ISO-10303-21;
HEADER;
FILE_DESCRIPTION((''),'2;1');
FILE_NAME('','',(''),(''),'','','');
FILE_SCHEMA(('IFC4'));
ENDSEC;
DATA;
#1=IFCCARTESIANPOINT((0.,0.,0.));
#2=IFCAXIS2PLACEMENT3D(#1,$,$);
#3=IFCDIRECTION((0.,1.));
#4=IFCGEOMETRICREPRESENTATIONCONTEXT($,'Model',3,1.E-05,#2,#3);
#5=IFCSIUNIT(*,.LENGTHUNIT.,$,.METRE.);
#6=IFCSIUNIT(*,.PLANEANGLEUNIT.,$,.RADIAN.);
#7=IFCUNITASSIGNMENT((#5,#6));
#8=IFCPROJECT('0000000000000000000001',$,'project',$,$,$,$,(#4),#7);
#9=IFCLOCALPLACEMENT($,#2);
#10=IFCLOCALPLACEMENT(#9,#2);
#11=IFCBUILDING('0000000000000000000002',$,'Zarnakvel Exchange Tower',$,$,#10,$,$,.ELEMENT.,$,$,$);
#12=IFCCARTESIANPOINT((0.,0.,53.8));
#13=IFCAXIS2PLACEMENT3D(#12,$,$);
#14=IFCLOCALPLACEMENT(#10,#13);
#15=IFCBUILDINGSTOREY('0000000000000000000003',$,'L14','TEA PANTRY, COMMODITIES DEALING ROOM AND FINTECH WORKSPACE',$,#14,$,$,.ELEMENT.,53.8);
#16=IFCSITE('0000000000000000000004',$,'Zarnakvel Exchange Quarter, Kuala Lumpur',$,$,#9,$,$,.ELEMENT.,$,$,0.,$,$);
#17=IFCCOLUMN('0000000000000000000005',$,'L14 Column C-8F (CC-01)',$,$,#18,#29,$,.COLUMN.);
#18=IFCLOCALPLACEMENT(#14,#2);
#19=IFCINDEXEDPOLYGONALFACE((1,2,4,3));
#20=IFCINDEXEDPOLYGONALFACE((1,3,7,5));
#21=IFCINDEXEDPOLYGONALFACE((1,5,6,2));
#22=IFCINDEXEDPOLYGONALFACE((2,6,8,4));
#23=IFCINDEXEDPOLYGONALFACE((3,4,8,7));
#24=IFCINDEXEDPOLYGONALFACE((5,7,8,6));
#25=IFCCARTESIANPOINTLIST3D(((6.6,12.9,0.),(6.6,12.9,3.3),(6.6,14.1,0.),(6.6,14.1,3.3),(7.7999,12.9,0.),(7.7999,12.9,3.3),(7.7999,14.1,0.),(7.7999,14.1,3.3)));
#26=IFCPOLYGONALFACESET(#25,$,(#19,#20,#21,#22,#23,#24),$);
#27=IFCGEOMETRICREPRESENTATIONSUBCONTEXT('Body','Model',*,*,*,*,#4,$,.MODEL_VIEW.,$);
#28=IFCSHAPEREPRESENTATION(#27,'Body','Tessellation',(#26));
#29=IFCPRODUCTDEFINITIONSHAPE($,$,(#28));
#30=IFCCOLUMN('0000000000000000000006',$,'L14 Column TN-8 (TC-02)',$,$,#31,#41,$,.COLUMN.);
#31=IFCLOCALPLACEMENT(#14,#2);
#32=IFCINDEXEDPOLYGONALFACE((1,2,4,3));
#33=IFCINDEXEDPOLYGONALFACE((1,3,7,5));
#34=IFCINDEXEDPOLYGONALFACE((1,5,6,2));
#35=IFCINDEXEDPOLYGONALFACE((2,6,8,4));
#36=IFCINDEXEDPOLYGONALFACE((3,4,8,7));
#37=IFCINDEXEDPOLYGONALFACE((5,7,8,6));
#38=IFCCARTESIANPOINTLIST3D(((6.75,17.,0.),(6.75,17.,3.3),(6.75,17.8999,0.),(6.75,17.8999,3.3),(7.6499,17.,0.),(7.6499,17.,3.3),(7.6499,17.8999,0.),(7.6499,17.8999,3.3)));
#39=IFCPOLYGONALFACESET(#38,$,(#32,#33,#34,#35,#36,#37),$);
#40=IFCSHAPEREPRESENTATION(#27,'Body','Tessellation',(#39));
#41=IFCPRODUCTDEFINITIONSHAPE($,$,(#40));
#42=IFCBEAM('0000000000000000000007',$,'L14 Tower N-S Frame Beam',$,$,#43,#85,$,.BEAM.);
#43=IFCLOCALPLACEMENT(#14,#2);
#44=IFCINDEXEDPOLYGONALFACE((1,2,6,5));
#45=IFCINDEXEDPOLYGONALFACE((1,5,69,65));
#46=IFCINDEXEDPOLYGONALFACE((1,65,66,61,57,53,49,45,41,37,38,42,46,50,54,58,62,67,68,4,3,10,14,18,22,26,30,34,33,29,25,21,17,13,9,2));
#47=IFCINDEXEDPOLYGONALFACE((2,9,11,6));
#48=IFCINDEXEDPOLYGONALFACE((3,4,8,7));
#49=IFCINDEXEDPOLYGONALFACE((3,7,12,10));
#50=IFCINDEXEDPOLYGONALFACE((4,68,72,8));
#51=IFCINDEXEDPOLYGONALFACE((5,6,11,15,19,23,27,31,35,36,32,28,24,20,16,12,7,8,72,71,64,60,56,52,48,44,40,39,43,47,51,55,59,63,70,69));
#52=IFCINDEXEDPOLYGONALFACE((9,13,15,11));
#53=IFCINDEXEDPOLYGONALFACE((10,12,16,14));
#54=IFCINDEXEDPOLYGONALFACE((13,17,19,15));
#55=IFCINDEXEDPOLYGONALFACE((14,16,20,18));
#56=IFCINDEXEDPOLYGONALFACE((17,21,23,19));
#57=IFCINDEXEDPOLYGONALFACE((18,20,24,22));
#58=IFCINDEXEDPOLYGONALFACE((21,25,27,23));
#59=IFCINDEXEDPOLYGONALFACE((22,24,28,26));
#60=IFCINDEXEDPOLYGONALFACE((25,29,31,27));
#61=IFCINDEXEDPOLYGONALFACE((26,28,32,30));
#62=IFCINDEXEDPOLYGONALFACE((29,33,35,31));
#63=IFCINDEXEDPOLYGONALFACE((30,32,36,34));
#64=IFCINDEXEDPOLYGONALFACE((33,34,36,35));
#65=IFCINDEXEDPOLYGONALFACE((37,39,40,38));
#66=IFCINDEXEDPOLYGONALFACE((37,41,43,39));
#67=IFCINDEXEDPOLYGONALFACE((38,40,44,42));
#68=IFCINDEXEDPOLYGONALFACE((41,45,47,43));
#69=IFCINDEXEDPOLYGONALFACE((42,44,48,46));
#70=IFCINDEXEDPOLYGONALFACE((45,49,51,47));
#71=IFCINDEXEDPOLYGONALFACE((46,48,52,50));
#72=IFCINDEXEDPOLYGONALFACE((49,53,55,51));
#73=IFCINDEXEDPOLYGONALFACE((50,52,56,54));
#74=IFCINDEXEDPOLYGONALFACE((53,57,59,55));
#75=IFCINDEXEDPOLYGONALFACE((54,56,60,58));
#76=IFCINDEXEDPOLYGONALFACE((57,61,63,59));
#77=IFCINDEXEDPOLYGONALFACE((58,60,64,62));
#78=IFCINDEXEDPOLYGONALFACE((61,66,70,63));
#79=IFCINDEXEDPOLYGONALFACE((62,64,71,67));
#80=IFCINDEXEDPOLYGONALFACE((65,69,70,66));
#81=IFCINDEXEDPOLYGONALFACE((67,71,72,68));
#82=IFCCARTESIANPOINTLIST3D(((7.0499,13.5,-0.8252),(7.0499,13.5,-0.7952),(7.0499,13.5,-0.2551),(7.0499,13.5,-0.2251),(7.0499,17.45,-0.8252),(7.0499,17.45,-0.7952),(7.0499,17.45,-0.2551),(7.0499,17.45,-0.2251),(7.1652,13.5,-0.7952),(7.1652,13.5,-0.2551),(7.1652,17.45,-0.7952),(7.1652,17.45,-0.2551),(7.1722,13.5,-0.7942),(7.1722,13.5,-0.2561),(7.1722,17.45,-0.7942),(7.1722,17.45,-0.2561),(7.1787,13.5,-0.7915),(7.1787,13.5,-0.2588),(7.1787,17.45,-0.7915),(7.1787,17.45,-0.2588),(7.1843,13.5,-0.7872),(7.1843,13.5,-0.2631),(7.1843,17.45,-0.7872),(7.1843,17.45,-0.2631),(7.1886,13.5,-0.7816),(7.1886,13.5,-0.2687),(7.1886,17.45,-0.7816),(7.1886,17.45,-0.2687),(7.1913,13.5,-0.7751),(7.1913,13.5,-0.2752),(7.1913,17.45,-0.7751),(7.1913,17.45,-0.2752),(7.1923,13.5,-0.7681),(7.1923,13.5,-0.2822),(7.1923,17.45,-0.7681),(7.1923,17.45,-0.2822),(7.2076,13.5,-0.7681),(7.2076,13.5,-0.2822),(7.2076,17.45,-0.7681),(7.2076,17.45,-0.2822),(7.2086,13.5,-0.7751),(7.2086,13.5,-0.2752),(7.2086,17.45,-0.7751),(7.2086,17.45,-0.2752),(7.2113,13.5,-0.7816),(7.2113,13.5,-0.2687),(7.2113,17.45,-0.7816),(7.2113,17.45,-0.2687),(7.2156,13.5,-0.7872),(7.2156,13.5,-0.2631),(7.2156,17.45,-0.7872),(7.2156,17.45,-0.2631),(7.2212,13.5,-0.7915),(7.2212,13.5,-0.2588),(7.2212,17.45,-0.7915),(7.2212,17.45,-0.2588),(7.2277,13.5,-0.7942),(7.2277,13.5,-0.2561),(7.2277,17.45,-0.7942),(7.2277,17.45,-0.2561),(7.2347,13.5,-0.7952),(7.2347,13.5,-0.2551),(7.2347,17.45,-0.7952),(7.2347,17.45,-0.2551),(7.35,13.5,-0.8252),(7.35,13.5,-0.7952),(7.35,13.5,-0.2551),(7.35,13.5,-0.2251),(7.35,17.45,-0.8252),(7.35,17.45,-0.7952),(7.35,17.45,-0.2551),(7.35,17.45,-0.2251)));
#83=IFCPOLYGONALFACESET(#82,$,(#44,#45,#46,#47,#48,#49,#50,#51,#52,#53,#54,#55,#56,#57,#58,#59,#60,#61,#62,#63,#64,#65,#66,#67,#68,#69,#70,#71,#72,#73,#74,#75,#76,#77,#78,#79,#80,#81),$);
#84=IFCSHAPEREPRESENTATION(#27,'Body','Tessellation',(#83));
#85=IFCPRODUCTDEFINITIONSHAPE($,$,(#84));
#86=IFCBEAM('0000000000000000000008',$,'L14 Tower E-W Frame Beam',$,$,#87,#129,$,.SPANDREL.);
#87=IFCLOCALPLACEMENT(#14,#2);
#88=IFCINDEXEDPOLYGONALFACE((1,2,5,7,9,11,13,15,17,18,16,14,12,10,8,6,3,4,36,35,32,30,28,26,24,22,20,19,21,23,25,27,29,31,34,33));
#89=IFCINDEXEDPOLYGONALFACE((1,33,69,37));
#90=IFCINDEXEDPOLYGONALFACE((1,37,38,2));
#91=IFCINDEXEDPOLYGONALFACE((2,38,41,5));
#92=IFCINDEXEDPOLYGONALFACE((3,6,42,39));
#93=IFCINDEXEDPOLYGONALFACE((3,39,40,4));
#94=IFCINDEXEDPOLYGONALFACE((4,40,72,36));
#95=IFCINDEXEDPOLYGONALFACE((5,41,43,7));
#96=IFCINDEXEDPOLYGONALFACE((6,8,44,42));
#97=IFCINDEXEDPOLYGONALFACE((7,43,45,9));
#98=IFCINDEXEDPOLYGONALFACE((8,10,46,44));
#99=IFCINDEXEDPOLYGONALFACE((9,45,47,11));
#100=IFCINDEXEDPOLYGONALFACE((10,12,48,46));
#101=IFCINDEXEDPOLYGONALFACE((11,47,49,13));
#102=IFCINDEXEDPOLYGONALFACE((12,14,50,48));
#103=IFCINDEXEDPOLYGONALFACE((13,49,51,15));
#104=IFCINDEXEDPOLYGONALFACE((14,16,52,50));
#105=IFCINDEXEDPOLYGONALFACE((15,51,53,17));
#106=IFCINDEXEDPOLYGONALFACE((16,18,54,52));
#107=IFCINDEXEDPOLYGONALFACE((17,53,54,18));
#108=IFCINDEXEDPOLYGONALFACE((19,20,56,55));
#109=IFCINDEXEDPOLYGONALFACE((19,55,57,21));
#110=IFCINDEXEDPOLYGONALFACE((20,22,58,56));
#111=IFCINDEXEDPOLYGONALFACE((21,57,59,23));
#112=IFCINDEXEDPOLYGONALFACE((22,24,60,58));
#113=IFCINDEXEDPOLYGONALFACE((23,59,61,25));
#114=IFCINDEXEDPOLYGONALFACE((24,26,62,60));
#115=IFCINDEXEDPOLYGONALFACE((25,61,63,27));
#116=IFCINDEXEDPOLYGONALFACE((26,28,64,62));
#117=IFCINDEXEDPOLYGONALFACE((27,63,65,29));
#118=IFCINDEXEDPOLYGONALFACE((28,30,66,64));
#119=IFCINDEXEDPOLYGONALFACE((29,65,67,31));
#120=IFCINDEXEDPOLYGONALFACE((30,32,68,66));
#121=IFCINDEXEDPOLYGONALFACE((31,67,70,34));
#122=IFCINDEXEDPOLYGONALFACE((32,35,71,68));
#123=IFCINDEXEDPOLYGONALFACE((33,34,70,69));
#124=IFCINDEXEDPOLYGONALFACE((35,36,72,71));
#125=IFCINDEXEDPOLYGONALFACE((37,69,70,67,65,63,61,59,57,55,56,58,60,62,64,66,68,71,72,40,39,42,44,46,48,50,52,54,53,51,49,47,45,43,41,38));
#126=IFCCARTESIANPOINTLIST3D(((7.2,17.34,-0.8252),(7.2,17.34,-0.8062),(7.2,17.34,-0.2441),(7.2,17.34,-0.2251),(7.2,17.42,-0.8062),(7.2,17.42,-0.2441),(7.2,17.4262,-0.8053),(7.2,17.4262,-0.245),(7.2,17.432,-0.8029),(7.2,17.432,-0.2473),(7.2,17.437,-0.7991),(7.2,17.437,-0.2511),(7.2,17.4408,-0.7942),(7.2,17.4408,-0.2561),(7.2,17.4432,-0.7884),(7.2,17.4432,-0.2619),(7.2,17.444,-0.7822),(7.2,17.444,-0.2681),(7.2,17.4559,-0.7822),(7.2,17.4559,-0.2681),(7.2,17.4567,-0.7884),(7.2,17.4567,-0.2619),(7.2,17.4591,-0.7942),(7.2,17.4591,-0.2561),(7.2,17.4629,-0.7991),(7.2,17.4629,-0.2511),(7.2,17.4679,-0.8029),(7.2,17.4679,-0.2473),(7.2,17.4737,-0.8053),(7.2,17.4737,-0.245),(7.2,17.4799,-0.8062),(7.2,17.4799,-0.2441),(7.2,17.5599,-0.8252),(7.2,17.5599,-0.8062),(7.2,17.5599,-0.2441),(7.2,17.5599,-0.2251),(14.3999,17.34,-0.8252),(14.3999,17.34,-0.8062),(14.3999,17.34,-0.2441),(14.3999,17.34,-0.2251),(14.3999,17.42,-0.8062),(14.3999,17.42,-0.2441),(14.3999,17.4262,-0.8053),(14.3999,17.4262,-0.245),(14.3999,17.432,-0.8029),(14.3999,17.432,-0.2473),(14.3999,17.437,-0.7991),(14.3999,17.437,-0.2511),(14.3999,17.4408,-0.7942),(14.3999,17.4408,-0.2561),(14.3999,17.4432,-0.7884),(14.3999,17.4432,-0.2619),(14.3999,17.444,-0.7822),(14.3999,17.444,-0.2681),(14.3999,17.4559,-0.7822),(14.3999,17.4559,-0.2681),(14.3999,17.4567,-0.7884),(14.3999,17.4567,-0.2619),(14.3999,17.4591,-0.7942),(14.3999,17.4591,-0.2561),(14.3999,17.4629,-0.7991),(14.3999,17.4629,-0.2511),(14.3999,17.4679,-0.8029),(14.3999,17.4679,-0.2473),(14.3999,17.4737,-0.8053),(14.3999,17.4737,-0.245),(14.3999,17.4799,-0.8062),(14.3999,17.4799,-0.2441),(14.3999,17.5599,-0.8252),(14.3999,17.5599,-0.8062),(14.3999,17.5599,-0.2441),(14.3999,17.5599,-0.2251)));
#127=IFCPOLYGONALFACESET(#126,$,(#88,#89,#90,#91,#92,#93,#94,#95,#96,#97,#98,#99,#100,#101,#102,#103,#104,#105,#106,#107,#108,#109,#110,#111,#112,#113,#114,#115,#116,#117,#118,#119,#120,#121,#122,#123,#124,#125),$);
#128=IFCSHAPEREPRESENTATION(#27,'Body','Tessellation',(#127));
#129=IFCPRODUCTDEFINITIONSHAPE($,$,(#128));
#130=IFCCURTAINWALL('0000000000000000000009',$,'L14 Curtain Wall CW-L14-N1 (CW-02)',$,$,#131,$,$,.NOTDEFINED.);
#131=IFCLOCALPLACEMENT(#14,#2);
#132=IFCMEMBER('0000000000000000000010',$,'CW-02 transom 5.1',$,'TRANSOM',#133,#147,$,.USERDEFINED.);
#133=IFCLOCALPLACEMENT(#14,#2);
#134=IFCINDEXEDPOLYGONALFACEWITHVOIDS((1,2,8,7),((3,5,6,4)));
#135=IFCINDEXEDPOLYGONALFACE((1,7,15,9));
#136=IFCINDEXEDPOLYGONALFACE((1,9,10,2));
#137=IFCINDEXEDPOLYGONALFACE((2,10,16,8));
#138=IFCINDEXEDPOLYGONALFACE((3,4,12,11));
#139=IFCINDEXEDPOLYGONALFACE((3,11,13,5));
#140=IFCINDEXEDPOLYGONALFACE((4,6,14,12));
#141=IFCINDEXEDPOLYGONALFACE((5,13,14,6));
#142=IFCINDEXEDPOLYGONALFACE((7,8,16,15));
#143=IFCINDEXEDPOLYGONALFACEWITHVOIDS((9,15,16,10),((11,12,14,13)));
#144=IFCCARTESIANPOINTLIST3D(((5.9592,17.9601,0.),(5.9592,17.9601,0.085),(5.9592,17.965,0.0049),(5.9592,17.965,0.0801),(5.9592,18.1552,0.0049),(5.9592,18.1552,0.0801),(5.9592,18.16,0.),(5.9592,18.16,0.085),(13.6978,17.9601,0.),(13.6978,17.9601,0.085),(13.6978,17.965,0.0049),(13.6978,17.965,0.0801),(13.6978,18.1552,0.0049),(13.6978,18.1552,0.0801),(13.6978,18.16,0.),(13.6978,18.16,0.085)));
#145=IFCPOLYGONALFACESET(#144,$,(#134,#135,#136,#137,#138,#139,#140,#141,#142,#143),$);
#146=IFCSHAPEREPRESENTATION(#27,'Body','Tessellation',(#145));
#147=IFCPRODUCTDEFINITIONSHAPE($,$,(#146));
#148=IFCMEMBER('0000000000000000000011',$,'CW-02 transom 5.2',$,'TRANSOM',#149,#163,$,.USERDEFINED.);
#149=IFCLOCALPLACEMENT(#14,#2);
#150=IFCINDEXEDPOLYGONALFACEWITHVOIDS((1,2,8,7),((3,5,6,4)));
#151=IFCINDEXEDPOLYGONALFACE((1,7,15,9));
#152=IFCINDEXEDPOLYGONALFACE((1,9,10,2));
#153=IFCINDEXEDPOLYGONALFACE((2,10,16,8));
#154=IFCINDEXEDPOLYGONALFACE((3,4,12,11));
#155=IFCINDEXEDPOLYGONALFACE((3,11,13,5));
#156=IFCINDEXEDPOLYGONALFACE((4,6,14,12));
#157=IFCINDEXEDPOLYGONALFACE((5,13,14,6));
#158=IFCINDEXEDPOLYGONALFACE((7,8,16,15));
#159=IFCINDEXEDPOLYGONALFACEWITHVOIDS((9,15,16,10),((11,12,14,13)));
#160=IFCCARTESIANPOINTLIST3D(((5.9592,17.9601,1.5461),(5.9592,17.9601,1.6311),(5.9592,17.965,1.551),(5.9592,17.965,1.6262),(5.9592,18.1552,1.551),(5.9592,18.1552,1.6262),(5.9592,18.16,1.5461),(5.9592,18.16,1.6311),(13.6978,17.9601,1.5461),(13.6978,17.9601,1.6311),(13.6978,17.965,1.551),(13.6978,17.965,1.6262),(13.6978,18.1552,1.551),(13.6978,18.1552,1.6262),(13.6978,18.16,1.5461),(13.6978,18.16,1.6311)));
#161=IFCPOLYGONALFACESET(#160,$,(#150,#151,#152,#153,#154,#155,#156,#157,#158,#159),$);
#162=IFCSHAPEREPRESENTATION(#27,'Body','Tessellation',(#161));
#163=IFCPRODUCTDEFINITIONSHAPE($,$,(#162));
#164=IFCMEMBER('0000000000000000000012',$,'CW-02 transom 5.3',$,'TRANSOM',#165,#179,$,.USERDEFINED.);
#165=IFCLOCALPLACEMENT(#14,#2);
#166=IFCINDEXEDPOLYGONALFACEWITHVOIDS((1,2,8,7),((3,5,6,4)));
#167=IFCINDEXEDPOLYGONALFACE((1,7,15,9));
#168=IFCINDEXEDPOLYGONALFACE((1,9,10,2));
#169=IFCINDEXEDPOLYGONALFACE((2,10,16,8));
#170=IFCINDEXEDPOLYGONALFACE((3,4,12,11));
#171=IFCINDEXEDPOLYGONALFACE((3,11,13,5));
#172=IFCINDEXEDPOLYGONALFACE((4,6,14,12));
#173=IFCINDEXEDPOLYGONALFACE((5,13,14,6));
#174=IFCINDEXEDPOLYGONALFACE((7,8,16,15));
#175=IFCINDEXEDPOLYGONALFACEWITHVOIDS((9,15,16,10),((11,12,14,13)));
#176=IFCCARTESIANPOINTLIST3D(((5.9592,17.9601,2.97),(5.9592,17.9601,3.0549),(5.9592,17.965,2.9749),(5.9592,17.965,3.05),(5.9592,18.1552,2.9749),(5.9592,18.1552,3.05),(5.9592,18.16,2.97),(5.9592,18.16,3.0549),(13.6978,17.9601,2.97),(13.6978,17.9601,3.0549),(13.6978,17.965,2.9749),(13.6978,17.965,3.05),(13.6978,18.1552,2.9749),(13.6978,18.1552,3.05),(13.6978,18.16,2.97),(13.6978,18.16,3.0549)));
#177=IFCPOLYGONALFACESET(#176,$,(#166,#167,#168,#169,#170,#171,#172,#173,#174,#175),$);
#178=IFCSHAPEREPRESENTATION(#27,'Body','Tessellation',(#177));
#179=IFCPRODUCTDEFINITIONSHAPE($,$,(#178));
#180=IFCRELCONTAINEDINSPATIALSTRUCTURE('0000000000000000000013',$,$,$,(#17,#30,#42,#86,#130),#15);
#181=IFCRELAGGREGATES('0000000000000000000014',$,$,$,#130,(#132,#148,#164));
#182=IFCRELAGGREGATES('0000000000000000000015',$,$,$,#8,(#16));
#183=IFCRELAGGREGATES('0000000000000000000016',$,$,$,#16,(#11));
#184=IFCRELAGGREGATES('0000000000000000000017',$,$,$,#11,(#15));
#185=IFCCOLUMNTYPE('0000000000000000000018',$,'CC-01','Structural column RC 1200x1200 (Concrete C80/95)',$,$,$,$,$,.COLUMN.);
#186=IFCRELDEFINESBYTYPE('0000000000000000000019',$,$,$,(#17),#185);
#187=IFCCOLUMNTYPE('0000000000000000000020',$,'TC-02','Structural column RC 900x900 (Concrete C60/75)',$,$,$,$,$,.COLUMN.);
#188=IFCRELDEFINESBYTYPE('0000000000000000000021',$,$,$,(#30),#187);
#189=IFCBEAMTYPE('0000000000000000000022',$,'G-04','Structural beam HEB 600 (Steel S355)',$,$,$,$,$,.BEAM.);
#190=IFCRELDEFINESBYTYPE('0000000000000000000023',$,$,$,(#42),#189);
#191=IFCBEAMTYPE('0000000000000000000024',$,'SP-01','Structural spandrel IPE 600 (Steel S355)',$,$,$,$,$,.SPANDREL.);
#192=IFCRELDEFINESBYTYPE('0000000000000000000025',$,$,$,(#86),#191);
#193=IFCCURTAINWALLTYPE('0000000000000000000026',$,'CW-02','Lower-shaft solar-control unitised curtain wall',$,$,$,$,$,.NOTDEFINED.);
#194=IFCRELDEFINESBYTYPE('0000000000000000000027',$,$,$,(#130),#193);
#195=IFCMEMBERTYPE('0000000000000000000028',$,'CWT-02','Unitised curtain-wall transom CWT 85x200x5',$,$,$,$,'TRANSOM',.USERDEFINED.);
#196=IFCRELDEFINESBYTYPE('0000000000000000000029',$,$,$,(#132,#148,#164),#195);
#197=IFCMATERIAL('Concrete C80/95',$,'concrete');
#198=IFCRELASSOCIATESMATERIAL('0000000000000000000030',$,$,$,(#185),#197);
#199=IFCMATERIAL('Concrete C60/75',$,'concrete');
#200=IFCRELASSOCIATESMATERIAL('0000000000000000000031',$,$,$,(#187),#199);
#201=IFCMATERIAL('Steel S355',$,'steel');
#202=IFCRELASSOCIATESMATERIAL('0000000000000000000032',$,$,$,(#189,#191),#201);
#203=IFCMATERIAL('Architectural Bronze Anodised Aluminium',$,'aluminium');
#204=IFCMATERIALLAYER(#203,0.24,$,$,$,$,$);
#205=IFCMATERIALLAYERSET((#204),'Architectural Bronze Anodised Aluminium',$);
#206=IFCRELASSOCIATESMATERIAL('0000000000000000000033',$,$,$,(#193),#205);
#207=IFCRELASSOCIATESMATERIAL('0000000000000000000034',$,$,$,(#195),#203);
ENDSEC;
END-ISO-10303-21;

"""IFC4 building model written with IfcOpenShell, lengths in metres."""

from ifc_helpers import new_model, si_unit, direction, frame, origin, origin_2d, place, context, subcontext, project, spatial, rectangle, hollow_rectangle, i_section, extrude, source, transform, mapped, material, layer, layer_set, material_profile, profile_set, type_object, element, aggregate, save


model = new_model("IFC4")

# Units and contexts
model_context = context("Model", 3, precision=1e-05, world=origin(), true_north=direction((0.0, 1.0)))
body_context = subcontext(model_context, "Body", "Model", "MODEL_VIEW")
ifc_project = project(units=[si_unit("LENGTHUNIT", "METRE"), si_unit("PLANEANGLEUNIT", "RADIAN")], contexts=[model_context])

# Site, building, storey
site_placement = place(None, origin())
site = spatial("IfcSite", under=ifc_project, at=site_placement, Name="Zarnakvel Exchange Quarter, Kuala Lumpur", CompositionType="ELEMENT", RefElevation=0.0)
building_placement = place(site_placement, origin())
building = spatial("IfcBuilding", under=site, at=building_placement, Name="Zarnakvel Exchange Tower", CompositionType="ELEMENT")
storey_placement = place(building_placement, frame((0.0, 0.0, 53.8)))
storey = spatial("IfcBuildingStorey", under=building, at=storey_placement, Name="L14", Description="TEA PANTRY, COMMODITIES DEALING ROOM AND FINTECH WORKSPACE", CompositionType="ELEMENT", Elevation=53.8)

# Columns
ifc_material_1 = material(Name="Concrete C80/95", Category="concrete")
ifc_material_profile_1 = material_profile(ifc_material_1, rectangle(XDim=1.2, YDim=1.2, at=origin_2d()))
ifc_profile_set_1 = profile_set([ifc_material_profile_1], Name="Concrete C80/95")
column_type_1 = type_object("IfcColumnType", Name="CC-01", Description="Structural column RC 1200x1200 (Concrete C80/95)", PredefinedType="COLUMN", material=ifc_profile_set_1)
column_1_placement = place(storey_placement, frame((7.2, 13.5, 0.0), z_axis=(0.0, 0.0, 1.0), x_axis=(1.0, 0.0, 0.0)))
element("IfcColumn", 1, at=column_1_placement, inside=storey, type_object=column_type_1, Name="L14 Column C-8F (CC-01)", PredefinedType="COLUMN", context=body_context, shape_type="SweptSolid", body=[
    extrude(rectangle(XDim=1.2, YDim=1.2, at=origin_2d()), origin(), (0.0, 0.0, 1.0), 3.3),
])
ifc_material_2 = material(Name="Concrete C60/75", Category="concrete")
ifc_material_profile_2 = material_profile(ifc_material_2, rectangle(XDim=0.8999, YDim=0.8999, at=origin_2d()))
ifc_profile_set_2 = profile_set([ifc_material_profile_2], Name="Concrete C60/75")
column_type_2 = type_object("IfcColumnType", Name="TC-02", Description="Structural column RC 900x900 (Concrete C60/75)", PredefinedType="COLUMN", material=ifc_profile_set_2)
column_2_placement = place(storey_placement, frame((7.2, 17.45, 0.0), z_axis=(0.0, 0.0, 1.0), x_axis=(1.0, 0.0, 0.0)))
element("IfcColumn", 2, at=column_2_placement, inside=storey, type_object=column_type_2, Name="L14 Column TN-8 (TC-02)", PredefinedType="COLUMN", context=body_context, shape_type="SweptSolid", body=[
    extrude(rectangle(XDim=0.8999, YDim=0.8999, at=origin_2d()), origin(), (0.0, 0.0, 1.0), 3.3),
])

# Beams
ifc_material_3 = material(Name="Steel S355", Category="steel")
ifc_material_profile_3 = material_profile(ifc_material_3, i_section(OverallWidth=0.3, OverallDepth=0.6001, WebThickness=0.0154, FlangeThickness=0.03, FilletRadius=0.0271, at=origin_2d()))
ifc_profile_set_3 = profile_set([ifc_material_profile_3], Name="Steel S355")
beam_type_1 = type_object("IfcBeamType", Name="G-04", Description="Structural beam HEB 600 (Steel S355)", PredefinedType="BEAM", material=ifc_profile_set_3)
beam_1_placement = place(storey_placement, frame((7.2, 13.5, -0.5251), z_axis=(0.0, 1.0, 0.0), x_axis=(-1.0, 0.0, 0.0)))
element("IfcBeam", 3, at=beam_1_placement, inside=storey, type_object=beam_type_1, Name="L14 Tower N-S Frame Beam", PredefinedType="BEAM", context=body_context, shape_type="SweptSolid", body=[
    extrude(i_section(OverallWidth=0.3, OverallDepth=0.6001, WebThickness=0.0154, FlangeThickness=0.03, FilletRadius=0.0271, at=origin_2d()), origin(), (0.0, 0.0, 1.0), 3.95),
])
ifc_material_profile_4 = material_profile(ifc_material_3, i_section(OverallWidth=0.22, OverallDepth=0.6001, WebThickness=0.012, FlangeThickness=0.019, FilletRadius=0.0239, at=origin_2d()))
ifc_profile_set_4 = profile_set([ifc_material_profile_4], Name="Steel S355")
beam_type_2 = type_object("IfcBeamType", Name="SP-01", Description="Structural spandrel IPE 600 (Steel S355)", PredefinedType="SPANDREL", material=ifc_profile_set_4)
beam_2_placement = place(storey_placement, frame((7.2, 17.45, -0.5251), z_axis=(1.0, 0.0, 0.0), x_axis=(0.0, 1.0, 0.0)))
element("IfcBeam", 4, at=beam_2_placement, inside=storey, type_object=beam_type_2, Name="L14 Tower E-W Frame Beam", PredefinedType="SPANDREL", context=body_context, shape_type="SweptSolid", body=[
    extrude(i_section(OverallWidth=0.22, OverallDepth=0.6001, WebThickness=0.012, FlangeThickness=0.019, FilletRadius=0.0239, at=origin_2d()), origin(), (0.0, 0.0, 1.0), 7.2),
])

# Curtain wall, members
ifc_material_4 = material(Name="Architectural Bronze Anodised Aluminium", Category="aluminium")
ifc_layer_1 = layer(ifc_material_4, 0.24)
ifc_layer_set_1 = layer_set([ifc_layer_1], Name="Architectural Bronze Anodised Aluminium")
curtain_wall_type = type_object("IfcCurtainWallType", Name="CW-02", Description="Lower-shaft solar-control unitised curtain wall", PredefinedType="NOTDEFINED", material=ifc_layer_set_1)
curtain_wall_placement = place(storey_placement, origin())
curtain_wall = element("IfcCurtainWall", 5, at=curtain_wall_placement, inside=storey, type_object=curtain_wall_type, Name="L14 Curtain Wall CW-L14-N1 (CW-02)", PredefinedType="NOTDEFINED")
ifc_material_profile_5 = material_profile(ifc_material_4, hollow_rectangle(XDim=0.2, YDim=0.085, WallThickness=0.0049, at=origin_2d()))
ifc_profile_set_5 = profile_set([ifc_material_profile_5], Name="Architectural Bronze Anodised Aluminium")
member_type_1 = type_object("IfcMemberType", Name="CWT-02", Description="Unitised curtain-wall transom CWT 85x200x5", ElementType="TRANSOM", PredefinedType="USERDEFINED", material=ifc_profile_set_5)
shared_shape_1 = source(origin(), body_context, "Body", "SweptSolid", [
    extrude(hollow_rectangle(XDim=0.2, YDim=0.085, WallThickness=0.0049, at=origin_2d()), origin(), (0.0, 0.0, 1.0), 7.7385),
])
member_1_placement = place(storey_placement, frame((5.9592, 18.0601, 0.0425), z_axis=(1.0, 0.0, 0.0), x_axis=(0.0, 1.0, 0.0)))
member_1 = element("IfcMember", 6, at=member_1_placement, type_object=member_type_1, Name="CW-02 transom 5.1", ObjectType="TRANSOM", PredefinedType="USERDEFINED", context=body_context, shape_type="MappedRepresentation", body=[
    mapped(shared_shape_1, transform((0.0, 0.0, 0.0), x_axis=(1.0, 0.0, 0.0), y_axis=(0.0, 1.0, 0.0), z_axis=(0.0, 0.0, 1.0), scale=1.0)),
])
member_2_placement = place(storey_placement, frame((5.9592, 18.0601, 1.5886), z_axis=(1.0, 0.0, 0.0), x_axis=(0.0, 1.0, 0.0)))
member_2 = element("IfcMember", 7, at=member_2_placement, type_object=member_type_1, Name="CW-02 transom 5.2", ObjectType="TRANSOM", PredefinedType="USERDEFINED", context=body_context, shape_type="MappedRepresentation", body=[
    mapped(shared_shape_1, transform((0.0, 0.0, 0.0), x_axis=(1.0, 0.0, 0.0), y_axis=(0.0, 1.0, 0.0), z_axis=(0.0, 0.0, 1.0), scale=1.0)),
])
member_3_placement = place(storey_placement, frame((5.9592, 18.0601, 3.0125), z_axis=(1.0, 0.0, 0.0), x_axis=(0.0, 1.0, 0.0)))
member_3 = element("IfcMember", 8, at=member_3_placement, type_object=member_type_1, Name="CW-02 transom 5.3", ObjectType="TRANSOM", PredefinedType="USERDEFINED", context=body_context, shape_type="MappedRepresentation", body=[
    mapped(shared_shape_1, transform((0.0, 0.0, 0.0), x_axis=(1.0, 0.0, 0.0), y_axis=(0.0, 1.0, 0.0), z_axis=(0.0, 0.0, 1.0), scale=1.0)),
])
aggregate(curtain_wall, [member_1, member_2, member_3])

save(model, "model.ifc")
